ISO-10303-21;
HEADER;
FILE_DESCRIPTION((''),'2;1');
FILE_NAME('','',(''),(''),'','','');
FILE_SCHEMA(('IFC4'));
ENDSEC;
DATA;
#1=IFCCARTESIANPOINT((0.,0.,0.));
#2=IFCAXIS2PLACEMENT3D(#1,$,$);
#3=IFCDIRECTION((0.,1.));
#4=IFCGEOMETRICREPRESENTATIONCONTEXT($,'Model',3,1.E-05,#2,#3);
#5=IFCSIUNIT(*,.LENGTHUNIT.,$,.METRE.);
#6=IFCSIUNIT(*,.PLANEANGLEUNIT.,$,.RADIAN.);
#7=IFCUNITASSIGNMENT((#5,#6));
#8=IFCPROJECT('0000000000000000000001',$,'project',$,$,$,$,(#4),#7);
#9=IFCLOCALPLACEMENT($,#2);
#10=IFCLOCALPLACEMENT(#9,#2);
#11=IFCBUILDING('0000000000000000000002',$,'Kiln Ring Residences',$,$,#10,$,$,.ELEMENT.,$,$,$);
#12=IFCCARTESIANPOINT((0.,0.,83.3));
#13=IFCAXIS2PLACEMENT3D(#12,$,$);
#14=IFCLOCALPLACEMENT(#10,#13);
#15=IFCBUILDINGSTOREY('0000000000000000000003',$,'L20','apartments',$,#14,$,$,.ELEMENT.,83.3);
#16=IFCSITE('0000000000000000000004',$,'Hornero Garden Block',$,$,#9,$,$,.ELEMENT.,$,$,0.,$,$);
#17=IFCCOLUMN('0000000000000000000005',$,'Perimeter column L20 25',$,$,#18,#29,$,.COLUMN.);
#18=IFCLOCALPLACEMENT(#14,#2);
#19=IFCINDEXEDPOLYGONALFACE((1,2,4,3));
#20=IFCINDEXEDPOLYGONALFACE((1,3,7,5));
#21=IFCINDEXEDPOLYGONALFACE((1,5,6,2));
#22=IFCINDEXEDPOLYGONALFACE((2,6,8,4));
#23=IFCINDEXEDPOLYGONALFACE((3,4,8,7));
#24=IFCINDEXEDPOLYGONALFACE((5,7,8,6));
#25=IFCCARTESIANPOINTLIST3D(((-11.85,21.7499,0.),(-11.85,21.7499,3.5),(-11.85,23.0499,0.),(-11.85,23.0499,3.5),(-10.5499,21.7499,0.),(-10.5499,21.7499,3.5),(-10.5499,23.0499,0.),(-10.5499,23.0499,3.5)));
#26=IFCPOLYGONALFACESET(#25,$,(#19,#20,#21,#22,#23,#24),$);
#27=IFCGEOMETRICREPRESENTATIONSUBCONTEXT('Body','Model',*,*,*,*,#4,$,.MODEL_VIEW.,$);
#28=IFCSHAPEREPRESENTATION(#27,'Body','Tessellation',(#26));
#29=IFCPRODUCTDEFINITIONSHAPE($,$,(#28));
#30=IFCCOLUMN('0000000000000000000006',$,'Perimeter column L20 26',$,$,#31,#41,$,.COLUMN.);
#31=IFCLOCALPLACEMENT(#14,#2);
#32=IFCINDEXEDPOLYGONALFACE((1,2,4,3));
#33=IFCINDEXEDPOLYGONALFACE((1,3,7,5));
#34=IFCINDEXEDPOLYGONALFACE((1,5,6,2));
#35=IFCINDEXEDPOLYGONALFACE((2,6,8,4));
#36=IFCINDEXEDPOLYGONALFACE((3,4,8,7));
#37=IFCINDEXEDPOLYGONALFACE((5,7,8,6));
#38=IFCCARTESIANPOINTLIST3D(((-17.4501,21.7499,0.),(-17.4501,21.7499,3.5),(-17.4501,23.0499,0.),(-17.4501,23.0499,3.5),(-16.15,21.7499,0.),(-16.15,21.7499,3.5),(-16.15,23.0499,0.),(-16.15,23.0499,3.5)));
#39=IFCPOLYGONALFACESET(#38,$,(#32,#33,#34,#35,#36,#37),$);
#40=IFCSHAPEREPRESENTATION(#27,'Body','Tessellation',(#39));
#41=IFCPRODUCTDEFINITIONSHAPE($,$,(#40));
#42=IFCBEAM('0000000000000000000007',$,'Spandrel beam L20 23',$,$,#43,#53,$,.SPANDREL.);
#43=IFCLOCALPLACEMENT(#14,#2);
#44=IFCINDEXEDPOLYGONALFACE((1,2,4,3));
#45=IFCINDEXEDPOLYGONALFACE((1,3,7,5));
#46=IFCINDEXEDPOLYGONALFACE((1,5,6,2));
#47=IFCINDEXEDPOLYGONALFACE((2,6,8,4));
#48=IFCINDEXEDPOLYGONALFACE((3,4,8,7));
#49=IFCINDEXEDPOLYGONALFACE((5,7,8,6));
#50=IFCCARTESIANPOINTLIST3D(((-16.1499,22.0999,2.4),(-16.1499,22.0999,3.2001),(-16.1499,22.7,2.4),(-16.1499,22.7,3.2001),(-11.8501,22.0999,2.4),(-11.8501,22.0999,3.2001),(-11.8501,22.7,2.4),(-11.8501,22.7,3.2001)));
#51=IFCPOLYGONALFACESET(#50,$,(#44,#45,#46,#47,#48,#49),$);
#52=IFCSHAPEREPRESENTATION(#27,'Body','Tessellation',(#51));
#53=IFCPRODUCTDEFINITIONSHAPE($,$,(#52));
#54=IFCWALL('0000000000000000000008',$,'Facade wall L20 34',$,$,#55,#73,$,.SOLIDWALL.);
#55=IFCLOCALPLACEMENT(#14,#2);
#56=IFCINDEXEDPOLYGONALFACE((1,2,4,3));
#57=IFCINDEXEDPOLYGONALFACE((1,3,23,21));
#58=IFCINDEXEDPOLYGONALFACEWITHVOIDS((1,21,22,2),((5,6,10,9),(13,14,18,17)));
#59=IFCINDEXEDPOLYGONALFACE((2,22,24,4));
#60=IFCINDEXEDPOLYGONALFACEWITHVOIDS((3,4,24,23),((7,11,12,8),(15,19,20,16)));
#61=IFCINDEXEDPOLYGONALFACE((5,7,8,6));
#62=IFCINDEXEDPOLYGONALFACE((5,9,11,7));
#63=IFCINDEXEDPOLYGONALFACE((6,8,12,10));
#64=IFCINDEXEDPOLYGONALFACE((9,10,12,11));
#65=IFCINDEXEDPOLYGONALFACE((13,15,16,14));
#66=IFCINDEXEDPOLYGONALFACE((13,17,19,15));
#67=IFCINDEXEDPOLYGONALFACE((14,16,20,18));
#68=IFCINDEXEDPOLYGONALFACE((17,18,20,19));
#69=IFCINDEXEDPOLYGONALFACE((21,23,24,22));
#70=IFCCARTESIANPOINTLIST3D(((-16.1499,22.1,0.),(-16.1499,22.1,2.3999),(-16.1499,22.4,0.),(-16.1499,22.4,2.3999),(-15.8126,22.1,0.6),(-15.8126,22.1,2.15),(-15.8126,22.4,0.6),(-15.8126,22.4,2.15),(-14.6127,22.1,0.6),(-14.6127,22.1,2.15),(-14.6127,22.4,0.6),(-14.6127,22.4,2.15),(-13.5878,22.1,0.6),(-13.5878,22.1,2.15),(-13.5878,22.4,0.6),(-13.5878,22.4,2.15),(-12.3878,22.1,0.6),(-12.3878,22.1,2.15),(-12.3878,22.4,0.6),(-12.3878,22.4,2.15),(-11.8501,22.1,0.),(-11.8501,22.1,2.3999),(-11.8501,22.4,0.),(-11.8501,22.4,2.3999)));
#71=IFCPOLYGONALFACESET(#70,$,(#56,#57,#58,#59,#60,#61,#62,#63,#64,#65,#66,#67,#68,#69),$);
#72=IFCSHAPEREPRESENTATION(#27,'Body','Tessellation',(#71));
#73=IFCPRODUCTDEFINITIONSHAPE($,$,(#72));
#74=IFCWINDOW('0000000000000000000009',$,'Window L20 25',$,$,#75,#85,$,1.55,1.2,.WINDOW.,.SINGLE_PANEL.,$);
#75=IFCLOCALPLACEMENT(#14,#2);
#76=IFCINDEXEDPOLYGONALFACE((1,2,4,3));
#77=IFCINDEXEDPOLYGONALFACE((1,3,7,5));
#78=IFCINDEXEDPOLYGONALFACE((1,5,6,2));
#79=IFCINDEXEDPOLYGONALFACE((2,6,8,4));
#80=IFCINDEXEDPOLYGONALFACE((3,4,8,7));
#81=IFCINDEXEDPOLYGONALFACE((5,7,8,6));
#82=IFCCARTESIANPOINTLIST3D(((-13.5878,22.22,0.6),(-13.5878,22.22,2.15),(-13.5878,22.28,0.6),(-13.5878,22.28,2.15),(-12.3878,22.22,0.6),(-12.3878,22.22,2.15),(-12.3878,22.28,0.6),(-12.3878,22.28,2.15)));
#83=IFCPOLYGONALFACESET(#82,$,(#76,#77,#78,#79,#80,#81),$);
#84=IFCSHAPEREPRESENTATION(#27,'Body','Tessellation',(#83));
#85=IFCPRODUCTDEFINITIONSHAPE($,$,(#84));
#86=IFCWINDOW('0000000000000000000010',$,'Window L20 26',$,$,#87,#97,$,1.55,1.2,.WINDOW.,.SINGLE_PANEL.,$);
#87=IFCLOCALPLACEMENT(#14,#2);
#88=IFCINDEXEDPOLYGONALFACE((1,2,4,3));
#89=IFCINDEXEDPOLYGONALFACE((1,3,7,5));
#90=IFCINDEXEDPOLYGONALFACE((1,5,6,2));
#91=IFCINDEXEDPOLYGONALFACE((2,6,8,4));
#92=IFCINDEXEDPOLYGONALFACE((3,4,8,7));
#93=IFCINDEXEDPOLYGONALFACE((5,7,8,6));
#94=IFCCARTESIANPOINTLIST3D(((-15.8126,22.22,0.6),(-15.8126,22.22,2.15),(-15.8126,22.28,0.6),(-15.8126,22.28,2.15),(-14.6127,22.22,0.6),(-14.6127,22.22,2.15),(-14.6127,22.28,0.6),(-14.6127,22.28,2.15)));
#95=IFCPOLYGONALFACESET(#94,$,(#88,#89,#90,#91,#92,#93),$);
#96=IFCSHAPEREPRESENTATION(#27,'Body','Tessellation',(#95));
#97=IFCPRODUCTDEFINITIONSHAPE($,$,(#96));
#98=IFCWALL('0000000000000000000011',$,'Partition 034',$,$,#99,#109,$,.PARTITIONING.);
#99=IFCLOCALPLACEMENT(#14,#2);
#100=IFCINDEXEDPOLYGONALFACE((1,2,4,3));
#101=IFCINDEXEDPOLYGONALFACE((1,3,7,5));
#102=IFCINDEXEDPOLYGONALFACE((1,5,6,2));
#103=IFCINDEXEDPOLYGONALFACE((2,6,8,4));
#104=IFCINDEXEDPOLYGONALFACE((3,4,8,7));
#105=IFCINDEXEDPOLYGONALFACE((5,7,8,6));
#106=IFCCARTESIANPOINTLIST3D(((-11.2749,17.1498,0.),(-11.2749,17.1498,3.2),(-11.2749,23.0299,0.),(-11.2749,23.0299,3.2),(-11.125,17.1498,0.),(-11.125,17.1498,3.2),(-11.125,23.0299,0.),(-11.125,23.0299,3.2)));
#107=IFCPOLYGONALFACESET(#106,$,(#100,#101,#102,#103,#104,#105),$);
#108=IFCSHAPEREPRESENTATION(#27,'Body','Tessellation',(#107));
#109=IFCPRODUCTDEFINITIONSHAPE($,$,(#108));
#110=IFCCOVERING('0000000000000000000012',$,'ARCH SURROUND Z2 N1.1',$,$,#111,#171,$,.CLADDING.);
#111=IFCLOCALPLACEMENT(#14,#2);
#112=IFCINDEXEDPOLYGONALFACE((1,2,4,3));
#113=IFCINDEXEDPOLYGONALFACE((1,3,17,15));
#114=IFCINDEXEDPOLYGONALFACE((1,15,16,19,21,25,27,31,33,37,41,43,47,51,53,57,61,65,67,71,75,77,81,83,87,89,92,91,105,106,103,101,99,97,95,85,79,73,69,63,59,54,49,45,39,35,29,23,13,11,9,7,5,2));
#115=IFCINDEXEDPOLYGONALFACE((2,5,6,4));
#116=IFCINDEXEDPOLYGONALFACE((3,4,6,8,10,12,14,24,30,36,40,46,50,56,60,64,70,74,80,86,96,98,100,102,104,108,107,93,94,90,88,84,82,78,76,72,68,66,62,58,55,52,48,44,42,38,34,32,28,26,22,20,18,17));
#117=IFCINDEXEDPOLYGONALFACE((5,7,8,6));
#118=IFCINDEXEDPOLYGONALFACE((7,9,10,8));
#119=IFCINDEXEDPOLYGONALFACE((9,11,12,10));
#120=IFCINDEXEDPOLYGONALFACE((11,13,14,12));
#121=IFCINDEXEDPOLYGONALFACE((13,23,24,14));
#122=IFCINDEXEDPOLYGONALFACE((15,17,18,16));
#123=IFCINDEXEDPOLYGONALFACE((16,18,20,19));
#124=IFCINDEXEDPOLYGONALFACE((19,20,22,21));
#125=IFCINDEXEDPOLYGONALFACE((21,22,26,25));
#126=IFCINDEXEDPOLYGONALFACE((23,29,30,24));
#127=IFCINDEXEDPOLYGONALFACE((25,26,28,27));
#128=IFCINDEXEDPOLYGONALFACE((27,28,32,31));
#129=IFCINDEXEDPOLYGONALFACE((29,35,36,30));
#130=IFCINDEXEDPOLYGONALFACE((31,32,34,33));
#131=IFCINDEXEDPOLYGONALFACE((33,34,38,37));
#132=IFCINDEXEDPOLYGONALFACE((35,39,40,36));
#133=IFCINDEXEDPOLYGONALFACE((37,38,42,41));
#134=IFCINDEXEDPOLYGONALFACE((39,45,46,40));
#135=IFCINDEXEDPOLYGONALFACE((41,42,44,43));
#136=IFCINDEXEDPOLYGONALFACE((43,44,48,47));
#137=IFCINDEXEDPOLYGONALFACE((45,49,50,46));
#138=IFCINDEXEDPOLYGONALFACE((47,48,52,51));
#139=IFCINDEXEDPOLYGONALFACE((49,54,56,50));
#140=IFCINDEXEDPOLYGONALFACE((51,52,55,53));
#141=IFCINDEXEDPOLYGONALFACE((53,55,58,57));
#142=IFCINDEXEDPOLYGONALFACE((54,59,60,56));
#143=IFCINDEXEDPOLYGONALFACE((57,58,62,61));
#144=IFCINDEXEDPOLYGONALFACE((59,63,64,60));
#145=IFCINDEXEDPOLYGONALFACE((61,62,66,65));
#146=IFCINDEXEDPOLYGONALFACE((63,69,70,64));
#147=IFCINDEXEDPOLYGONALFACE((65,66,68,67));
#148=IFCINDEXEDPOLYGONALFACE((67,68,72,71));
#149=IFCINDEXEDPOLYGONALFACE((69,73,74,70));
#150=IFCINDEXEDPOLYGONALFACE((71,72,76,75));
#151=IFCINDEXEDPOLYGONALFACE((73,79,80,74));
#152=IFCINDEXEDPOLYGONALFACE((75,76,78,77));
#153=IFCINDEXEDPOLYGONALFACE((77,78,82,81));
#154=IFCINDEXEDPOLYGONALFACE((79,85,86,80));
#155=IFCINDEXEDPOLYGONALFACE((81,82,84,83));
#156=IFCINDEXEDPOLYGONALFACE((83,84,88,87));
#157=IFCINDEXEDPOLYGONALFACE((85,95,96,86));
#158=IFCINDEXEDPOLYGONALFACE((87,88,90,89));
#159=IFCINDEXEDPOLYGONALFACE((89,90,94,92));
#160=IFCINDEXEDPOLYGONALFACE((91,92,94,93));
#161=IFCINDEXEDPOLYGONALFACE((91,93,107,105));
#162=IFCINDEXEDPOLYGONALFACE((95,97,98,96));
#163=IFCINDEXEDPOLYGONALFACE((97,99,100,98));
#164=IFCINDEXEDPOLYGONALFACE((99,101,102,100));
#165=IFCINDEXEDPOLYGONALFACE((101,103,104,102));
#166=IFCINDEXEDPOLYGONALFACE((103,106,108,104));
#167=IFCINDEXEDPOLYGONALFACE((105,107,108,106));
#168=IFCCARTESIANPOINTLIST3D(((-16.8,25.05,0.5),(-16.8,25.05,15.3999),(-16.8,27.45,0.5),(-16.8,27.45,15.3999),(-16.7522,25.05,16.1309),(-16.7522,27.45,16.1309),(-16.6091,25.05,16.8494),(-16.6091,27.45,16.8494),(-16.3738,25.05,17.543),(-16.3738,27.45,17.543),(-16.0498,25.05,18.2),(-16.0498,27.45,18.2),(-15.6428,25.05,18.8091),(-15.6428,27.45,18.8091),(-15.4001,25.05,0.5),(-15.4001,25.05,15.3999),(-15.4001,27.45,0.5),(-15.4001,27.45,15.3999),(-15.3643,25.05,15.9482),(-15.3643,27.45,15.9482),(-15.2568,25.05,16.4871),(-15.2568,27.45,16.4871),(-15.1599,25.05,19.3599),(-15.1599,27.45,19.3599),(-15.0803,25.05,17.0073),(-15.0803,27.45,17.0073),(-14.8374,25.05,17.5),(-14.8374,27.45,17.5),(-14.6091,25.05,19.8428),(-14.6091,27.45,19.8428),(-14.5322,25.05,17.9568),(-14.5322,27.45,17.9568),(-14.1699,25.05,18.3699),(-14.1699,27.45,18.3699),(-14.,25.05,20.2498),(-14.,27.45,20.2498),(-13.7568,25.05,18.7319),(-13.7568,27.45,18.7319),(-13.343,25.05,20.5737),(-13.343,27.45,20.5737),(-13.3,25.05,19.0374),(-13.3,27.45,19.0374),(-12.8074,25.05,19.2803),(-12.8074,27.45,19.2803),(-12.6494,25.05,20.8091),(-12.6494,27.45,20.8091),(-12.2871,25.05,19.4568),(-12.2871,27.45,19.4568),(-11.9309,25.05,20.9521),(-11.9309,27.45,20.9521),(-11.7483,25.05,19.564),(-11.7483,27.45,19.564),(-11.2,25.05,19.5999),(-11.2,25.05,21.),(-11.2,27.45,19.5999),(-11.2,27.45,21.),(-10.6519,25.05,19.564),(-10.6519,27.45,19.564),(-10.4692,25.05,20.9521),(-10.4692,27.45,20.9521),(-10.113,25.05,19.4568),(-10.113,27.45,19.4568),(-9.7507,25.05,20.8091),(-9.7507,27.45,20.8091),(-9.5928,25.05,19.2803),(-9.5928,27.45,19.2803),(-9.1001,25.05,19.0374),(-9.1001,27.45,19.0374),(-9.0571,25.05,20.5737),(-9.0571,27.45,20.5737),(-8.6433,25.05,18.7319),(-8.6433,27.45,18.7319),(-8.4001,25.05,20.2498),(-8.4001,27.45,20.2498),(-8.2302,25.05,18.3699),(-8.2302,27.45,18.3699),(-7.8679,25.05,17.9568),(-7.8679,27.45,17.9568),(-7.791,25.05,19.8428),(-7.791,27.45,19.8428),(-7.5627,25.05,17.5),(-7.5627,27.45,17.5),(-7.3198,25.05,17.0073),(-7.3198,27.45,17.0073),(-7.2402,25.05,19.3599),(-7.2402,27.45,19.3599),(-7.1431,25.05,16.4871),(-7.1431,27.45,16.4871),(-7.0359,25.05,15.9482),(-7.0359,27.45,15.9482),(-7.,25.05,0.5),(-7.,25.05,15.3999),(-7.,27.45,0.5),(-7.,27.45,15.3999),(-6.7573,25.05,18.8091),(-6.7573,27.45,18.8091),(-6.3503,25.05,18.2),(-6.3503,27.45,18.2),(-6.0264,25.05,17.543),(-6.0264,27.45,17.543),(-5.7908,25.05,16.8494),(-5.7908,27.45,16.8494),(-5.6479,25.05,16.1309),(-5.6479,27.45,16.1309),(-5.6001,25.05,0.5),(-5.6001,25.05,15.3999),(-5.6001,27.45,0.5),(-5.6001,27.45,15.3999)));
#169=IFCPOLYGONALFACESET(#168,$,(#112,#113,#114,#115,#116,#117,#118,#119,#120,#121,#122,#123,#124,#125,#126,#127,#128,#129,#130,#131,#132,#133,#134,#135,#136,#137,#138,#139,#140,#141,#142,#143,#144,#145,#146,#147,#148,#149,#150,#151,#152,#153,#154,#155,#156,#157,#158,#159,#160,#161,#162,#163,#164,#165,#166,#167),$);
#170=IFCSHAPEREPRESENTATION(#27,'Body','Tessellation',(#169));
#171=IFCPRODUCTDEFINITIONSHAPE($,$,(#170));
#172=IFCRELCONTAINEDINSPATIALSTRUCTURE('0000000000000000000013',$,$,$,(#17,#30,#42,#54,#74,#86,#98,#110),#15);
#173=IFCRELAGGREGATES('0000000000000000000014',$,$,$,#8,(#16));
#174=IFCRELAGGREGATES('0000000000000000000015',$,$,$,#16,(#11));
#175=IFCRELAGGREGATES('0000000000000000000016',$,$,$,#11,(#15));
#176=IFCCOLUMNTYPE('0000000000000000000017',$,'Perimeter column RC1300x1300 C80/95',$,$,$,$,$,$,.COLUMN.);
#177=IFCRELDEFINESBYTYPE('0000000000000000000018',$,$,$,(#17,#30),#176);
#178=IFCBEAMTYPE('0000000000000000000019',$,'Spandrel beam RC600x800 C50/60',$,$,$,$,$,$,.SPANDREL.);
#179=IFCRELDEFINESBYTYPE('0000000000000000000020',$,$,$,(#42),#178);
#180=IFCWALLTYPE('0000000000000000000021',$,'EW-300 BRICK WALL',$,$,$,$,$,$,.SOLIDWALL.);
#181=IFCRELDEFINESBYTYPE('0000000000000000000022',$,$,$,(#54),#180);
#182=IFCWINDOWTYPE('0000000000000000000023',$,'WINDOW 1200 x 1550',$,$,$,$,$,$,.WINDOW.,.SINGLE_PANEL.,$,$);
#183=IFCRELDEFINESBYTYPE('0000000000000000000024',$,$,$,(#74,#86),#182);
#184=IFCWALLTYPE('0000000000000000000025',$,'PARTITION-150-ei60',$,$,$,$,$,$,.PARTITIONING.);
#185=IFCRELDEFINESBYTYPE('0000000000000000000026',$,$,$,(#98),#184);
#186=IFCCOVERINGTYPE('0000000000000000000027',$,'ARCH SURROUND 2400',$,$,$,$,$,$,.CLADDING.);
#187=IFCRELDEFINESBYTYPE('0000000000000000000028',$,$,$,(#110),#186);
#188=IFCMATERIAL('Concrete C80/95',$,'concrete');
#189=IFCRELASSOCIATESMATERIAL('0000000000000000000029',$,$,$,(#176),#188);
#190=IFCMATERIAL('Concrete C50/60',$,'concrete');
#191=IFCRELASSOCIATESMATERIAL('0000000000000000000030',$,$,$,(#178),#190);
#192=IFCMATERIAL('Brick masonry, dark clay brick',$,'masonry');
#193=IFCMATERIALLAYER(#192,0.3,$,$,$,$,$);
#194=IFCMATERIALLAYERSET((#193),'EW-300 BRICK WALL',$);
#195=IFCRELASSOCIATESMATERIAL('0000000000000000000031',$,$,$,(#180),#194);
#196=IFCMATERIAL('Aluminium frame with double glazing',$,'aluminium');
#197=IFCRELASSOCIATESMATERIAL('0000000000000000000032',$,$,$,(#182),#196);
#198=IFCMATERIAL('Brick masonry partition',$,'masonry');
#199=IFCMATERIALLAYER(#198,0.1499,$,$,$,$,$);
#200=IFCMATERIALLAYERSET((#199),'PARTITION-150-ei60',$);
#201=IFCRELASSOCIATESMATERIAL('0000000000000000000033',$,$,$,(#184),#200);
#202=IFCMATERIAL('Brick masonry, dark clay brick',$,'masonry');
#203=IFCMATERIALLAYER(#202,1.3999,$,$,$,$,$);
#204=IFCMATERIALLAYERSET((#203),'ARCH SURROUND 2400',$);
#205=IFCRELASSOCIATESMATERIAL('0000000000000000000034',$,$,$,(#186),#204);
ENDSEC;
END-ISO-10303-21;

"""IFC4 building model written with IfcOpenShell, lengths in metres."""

from ifc_helpers import new_model, si_unit, direction, frame, frame_2d, origin, origin_2d, place, context, subcontext, project, spatial, polyline, rectangle, outline, extrude, material, layer, layer_set, material_profile, profile_set, type_object, element, fill, save


model = new_model("IFC4")

# Units and contexts
model_context = context("Model", 3, precision=1e-05, world=origin(), true_north=direction((0.0, 1.0)))
body_context = subcontext(model_context, "Body", "Model", "MODEL_VIEW")
ifc_project = project(units=[si_unit("LENGTHUNIT", "METRE"), si_unit("PLANEANGLEUNIT", "RADIAN")], contexts=[model_context])

# Site, building, storey
site_placement = place(None, origin())
site = spatial("IfcSite", under=ifc_project, at=site_placement, Name="Hornero Garden Block", CompositionType="ELEMENT", RefElevation=0.0)
building_placement = place(site_placement, origin())
building = spatial("IfcBuilding", under=site, at=building_placement, Name="Kiln Ring Residences", CompositionType="ELEMENT")
storey_placement = place(building_placement, frame((0.0, 0.0, 83.3)))
storey = spatial("IfcBuildingStorey", under=building, at=storey_placement, Name="L20", Description="apartments", CompositionType="ELEMENT", Elevation=83.3)

# Columns
ifc_material_1 = material(Name="Concrete C80/95", Category="concrete")
ifc_material_profile_1 = material_profile(ifc_material_1, rectangle(XDim=1.3, YDim=1.3, at=origin_2d()), Name="RC1300x1300")
ifc_profile_set_1 = profile_set([ifc_material_profile_1], Name="Concrete C80/95")
column_type = type_object("IfcColumnType", Name="Perimeter column RC1300x1300 C80/95", PredefinedType="COLUMN", material=ifc_profile_set_1)
for number, where, z_axis, x_axis, name in (
    (1, (-11.2, 22.3999, 0.0), (0.0, 0.0, 1.0), (1.0, 0.0, 0.0), "Perimeter column L20 25"),
    (2, (-16.8, 22.3999, 0.0), (0.0, 0.0, 1.0), (1.0, 0.0, 0.0), "Perimeter column L20 26"),
):
    element("IfcColumn", number, at=place(storey_placement, frame(where, z_axis=z_axis, x_axis=x_axis)), inside=storey, type_object=column_type, Name=name, PredefinedType="COLUMN", context=body_context, shape_type="SweptSolid", body=[
        extrude(rectangle(XDim=1.3, YDim=1.3, at=origin_2d()), origin(), (0.0, 0.0, 1.0), 3.5),
    ])

# Beam
ifc_material_2 = material(Name="Concrete C50/60", Category="concrete")
ifc_material_profile_2 = material_profile(ifc_material_2, rectangle(XDim=0.6001, YDim=0.8, at=origin_2d()), Name="RC600x800")
ifc_profile_set_2 = profile_set([ifc_material_profile_2], Name="Concrete C50/60")
beam_type = type_object("IfcBeamType", Name="Spandrel beam RC600x800 C50/60", PredefinedType="SPANDREL", material=ifc_profile_set_2)
beam_placement = place(storey_placement, frame((-11.8501, 22.3999, 2.8), z_axis=(-1.0, 0.0, 0.0), x_axis=(0.0, -1.0, 0.0)))
element("IfcBeam", 3, at=beam_placement, inside=storey, type_object=beam_type, Name="Spandrel beam L20 23", PredefinedType="SPANDREL", context=body_context, shape_type="SweptSolid", body=[
    extrude(rectangle(XDim=0.6001, YDim=0.8, at=origin_2d()), origin(), (0.0, 0.0, 1.0), 4.2998),
])

# Wall, openings, windows
ifc_material_3 = material(Name="Brick masonry, dark clay brick", Category="masonry")
ifc_layer_1 = layer(ifc_material_3, 0.3)
ifc_layer_set_1 = layer_set([ifc_layer_1], Name="EW-300 BRICK WALL")
wall_type_1 = type_object("IfcWallType", Name="EW-300 BRICK WALL", PredefinedType="SOLIDWALL", material=ifc_layer_set_1)
wall_1_placement = place(storey_placement, frame((-11.8501, 22.25, 0.0), z_axis=(0.0, 0.0, 1.0), x_axis=(-1.0, 0.0, 0.0)))
wall_1 = element("IfcWall", 4, at=wall_1_placement, inside=storey, type_object=wall_type_1, Name="Facade wall L20 34", PredefinedType="SOLIDWALL", context=body_context, shape_type="SweptSolid", body=[
    extrude(rectangle(XDim=4.2998, YDim=0.3, at=frame_2d((2.1499, 0.0))), origin(), (0.0, 0.0, 1.0), 2.3999),
])
opening_1_placement = place(wall_1_placement, frame((0.5376, 0.0, 0.6001)))
opening_1 = element("IfcOpeningElement", 5, at=opening_1_placement, cuts=wall_1, PredefinedType="OPENING", context=body_context, shape_type="SweptSolid", body=[
    extrude(rectangle(XDim=1.2, YDim=1.55, at=frame_2d((0.6001, 0.7749))), frame((0.0, 0.1599, 0.0), z_axis=(0.0, -1.0, 0.0), x_axis=(1.0, 0.0, 0.0)), (0.0, 0.0, 1.0), 0.3201),
])
opening_2_placement = place(wall_1_placement, frame((2.7625, 0.0, 0.6001)))
opening_2 = element("IfcOpeningElement", 6, at=opening_2_placement, cuts=wall_1, PredefinedType="OPENING", context=body_context, shape_type="SweptSolid", body=[
    extrude(rectangle(XDim=1.2, YDim=1.55, at=frame_2d((0.6001, 0.7749))), frame((0.0, 0.1599, 0.0), z_axis=(0.0, -1.0, 0.0), x_axis=(1.0, 0.0, 0.0)), (0.0, 0.0, 1.0), 0.3201),
])
ifc_material_4 = material(Name="Aluminium frame with double glazing", Category="aluminium")
window_type = type_object("IfcWindowType", Name="WINDOW 1200 x 1550", PartitioningType="SINGLE_PANEL", PredefinedType="WINDOW", material=ifc_material_4)
window_1_placement = place(opening_1_placement, origin())
window_1 = element("IfcWindow", 7, at=window_1_placement, inside=storey, type_object=window_type, Name="Window L20 25", OverallHeight=1.55, OverallWidth=1.2, PartitioningType="SINGLE_PANEL", PredefinedType="WINDOW", context=body_context, shape_type="SweptSolid", body=[
    extrude(rectangle(XDim=1.2, YDim=1.55, at=frame_2d((0.6001, 0.7749))), frame((0.0, 0.03, 0.0), z_axis=(0.0, -1.0, 0.0), x_axis=(1.0, 0.0, 0.0)), (0.0, 0.0, 1.0), 0.0601),
])
fill(opening_1, window_1)
window_2_placement = place(opening_2_placement, origin())
window_2 = element("IfcWindow", 8, at=window_2_placement, inside=storey, type_object=window_type, Name="Window L20 26", OverallHeight=1.55, OverallWidth=1.2, PartitioningType="SINGLE_PANEL", PredefinedType="WINDOW", context=body_context, shape_type="SweptSolid", body=[
    extrude(rectangle(XDim=1.2, YDim=1.55, at=frame_2d((0.6001, 0.7749))), frame((0.0, 0.03, 0.0), z_axis=(0.0, -1.0, 0.0), x_axis=(1.0, 0.0, 0.0)), (0.0, 0.0, 1.0), 0.0601),
])
fill(opening_2, window_2)

# Wall
ifc_material_5 = material(Name="Brick masonry partition", Category="masonry")
ifc_layer_2 = layer(ifc_material_5, 0.1499)
ifc_layer_set_2 = layer_set([ifc_layer_2], Name="PARTITION-150-ei60")
wall_type_2 = type_object("IfcWallType", Name="PARTITION-150-ei60", PredefinedType="PARTITIONING", material=ifc_layer_set_2)
wall_2_placement = place(storey_placement, frame((-11.2, 17.1499, 0.0), z_axis=(0.0, 0.0, 1.0), x_axis=(0.0, 1.0, 0.0)))
element("IfcWall", 9, at=wall_2_placement, inside=storey, type_object=wall_type_2, Name="Partition 034", PredefinedType="PARTITIONING", context=body_context, shape_type="SweptSolid", body=[
    extrude(rectangle(XDim=5.8801, YDim=0.1499, at=frame_2d((2.9399, 0.0))), origin(), (0.0, 0.0, 1.0), 3.2),
])

# Covering
ifc_material_6 = material(Name="Brick masonry, dark clay brick", Category="masonry")
ifc_layer_3 = layer(ifc_material_6, 1.3999)
ifc_layer_set_3 = layer_set([ifc_layer_3], Name="ARCH SURROUND 2400")
covering_type = type_object("IfcCoveringType", Name="ARCH SURROUND 2400", PredefinedType="CLADDING", material=ifc_layer_set_3)
covering_placement = place(storey_placement, frame((-16.8, 26.25, 0.5), z_axis=(0.0, 0.0, 1.0), x_axis=(1.0, 0.0, 0.0)))
element("IfcCovering", 10, at=covering_placement, inside=storey, type_object=covering_type, Name="ARCH SURROUND Z2 N1.1", PredefinedType="CLADDING", context=body_context, shape_type="SweptSolid", body=[
    extrude(outline(polyline([(0.0, 0.0), (0.0, 14.8999), (0.0479, 15.6309), (0.1909, 16.3494), (0.4263, 17.043), (0.7502, 17.7), (1.1572, 18.3091), (1.6401, 18.8599), (2.1909, 19.3428), (2.8, 19.7498), (3.457, 20.0737), (4.1506, 20.3091), (4.8691, 20.4521), (5.6001, 20.5), (6.3308, 20.4521), (7.0493, 20.3091), (7.7429, 20.0737), (8.3999, 19.7498), (9.009, 19.3428), (9.5598, 18.8599), (10.0427, 18.3091), (10.4497, 17.7), (10.7737, 17.043), (11.0093, 16.3494), (11.1521, 15.6309), (11.2, 14.8999), (11.2, 0.0), (9.8, 0.0), (9.8, 14.8999), (9.7642, 15.4482), (9.657, 15.9871), (9.4802, 16.5073), (9.2373, 17.0), (8.9321, 17.4568), (8.5698, 17.8699), (8.1567, 18.2319), (7.7, 18.5374), (7.2073, 18.7803), (6.687, 18.9568), (6.1482, 19.064), (5.6001, 19.0999), (5.0518, 19.064), (4.5129, 18.9568), (3.9927, 18.7803), (3.5, 18.5374), (3.0432, 18.2319), (2.6301, 17.8699), (2.2678, 17.4568), (1.9626, 17.0), (1.7197, 16.5073), (1.5432, 15.9871), (1.4358, 15.4482), (1.3999, 14.8999), (1.3999, 0.0), (0.0, 0.0)])), frame((0.0, 1.2, 0.0), z_axis=(0.0, -1.0, 0.0), x_axis=(1.0, 0.0, 0.0)), (0.0, 0.0, 1.0), 2.3999),
])

save(model, "model.ifc")
